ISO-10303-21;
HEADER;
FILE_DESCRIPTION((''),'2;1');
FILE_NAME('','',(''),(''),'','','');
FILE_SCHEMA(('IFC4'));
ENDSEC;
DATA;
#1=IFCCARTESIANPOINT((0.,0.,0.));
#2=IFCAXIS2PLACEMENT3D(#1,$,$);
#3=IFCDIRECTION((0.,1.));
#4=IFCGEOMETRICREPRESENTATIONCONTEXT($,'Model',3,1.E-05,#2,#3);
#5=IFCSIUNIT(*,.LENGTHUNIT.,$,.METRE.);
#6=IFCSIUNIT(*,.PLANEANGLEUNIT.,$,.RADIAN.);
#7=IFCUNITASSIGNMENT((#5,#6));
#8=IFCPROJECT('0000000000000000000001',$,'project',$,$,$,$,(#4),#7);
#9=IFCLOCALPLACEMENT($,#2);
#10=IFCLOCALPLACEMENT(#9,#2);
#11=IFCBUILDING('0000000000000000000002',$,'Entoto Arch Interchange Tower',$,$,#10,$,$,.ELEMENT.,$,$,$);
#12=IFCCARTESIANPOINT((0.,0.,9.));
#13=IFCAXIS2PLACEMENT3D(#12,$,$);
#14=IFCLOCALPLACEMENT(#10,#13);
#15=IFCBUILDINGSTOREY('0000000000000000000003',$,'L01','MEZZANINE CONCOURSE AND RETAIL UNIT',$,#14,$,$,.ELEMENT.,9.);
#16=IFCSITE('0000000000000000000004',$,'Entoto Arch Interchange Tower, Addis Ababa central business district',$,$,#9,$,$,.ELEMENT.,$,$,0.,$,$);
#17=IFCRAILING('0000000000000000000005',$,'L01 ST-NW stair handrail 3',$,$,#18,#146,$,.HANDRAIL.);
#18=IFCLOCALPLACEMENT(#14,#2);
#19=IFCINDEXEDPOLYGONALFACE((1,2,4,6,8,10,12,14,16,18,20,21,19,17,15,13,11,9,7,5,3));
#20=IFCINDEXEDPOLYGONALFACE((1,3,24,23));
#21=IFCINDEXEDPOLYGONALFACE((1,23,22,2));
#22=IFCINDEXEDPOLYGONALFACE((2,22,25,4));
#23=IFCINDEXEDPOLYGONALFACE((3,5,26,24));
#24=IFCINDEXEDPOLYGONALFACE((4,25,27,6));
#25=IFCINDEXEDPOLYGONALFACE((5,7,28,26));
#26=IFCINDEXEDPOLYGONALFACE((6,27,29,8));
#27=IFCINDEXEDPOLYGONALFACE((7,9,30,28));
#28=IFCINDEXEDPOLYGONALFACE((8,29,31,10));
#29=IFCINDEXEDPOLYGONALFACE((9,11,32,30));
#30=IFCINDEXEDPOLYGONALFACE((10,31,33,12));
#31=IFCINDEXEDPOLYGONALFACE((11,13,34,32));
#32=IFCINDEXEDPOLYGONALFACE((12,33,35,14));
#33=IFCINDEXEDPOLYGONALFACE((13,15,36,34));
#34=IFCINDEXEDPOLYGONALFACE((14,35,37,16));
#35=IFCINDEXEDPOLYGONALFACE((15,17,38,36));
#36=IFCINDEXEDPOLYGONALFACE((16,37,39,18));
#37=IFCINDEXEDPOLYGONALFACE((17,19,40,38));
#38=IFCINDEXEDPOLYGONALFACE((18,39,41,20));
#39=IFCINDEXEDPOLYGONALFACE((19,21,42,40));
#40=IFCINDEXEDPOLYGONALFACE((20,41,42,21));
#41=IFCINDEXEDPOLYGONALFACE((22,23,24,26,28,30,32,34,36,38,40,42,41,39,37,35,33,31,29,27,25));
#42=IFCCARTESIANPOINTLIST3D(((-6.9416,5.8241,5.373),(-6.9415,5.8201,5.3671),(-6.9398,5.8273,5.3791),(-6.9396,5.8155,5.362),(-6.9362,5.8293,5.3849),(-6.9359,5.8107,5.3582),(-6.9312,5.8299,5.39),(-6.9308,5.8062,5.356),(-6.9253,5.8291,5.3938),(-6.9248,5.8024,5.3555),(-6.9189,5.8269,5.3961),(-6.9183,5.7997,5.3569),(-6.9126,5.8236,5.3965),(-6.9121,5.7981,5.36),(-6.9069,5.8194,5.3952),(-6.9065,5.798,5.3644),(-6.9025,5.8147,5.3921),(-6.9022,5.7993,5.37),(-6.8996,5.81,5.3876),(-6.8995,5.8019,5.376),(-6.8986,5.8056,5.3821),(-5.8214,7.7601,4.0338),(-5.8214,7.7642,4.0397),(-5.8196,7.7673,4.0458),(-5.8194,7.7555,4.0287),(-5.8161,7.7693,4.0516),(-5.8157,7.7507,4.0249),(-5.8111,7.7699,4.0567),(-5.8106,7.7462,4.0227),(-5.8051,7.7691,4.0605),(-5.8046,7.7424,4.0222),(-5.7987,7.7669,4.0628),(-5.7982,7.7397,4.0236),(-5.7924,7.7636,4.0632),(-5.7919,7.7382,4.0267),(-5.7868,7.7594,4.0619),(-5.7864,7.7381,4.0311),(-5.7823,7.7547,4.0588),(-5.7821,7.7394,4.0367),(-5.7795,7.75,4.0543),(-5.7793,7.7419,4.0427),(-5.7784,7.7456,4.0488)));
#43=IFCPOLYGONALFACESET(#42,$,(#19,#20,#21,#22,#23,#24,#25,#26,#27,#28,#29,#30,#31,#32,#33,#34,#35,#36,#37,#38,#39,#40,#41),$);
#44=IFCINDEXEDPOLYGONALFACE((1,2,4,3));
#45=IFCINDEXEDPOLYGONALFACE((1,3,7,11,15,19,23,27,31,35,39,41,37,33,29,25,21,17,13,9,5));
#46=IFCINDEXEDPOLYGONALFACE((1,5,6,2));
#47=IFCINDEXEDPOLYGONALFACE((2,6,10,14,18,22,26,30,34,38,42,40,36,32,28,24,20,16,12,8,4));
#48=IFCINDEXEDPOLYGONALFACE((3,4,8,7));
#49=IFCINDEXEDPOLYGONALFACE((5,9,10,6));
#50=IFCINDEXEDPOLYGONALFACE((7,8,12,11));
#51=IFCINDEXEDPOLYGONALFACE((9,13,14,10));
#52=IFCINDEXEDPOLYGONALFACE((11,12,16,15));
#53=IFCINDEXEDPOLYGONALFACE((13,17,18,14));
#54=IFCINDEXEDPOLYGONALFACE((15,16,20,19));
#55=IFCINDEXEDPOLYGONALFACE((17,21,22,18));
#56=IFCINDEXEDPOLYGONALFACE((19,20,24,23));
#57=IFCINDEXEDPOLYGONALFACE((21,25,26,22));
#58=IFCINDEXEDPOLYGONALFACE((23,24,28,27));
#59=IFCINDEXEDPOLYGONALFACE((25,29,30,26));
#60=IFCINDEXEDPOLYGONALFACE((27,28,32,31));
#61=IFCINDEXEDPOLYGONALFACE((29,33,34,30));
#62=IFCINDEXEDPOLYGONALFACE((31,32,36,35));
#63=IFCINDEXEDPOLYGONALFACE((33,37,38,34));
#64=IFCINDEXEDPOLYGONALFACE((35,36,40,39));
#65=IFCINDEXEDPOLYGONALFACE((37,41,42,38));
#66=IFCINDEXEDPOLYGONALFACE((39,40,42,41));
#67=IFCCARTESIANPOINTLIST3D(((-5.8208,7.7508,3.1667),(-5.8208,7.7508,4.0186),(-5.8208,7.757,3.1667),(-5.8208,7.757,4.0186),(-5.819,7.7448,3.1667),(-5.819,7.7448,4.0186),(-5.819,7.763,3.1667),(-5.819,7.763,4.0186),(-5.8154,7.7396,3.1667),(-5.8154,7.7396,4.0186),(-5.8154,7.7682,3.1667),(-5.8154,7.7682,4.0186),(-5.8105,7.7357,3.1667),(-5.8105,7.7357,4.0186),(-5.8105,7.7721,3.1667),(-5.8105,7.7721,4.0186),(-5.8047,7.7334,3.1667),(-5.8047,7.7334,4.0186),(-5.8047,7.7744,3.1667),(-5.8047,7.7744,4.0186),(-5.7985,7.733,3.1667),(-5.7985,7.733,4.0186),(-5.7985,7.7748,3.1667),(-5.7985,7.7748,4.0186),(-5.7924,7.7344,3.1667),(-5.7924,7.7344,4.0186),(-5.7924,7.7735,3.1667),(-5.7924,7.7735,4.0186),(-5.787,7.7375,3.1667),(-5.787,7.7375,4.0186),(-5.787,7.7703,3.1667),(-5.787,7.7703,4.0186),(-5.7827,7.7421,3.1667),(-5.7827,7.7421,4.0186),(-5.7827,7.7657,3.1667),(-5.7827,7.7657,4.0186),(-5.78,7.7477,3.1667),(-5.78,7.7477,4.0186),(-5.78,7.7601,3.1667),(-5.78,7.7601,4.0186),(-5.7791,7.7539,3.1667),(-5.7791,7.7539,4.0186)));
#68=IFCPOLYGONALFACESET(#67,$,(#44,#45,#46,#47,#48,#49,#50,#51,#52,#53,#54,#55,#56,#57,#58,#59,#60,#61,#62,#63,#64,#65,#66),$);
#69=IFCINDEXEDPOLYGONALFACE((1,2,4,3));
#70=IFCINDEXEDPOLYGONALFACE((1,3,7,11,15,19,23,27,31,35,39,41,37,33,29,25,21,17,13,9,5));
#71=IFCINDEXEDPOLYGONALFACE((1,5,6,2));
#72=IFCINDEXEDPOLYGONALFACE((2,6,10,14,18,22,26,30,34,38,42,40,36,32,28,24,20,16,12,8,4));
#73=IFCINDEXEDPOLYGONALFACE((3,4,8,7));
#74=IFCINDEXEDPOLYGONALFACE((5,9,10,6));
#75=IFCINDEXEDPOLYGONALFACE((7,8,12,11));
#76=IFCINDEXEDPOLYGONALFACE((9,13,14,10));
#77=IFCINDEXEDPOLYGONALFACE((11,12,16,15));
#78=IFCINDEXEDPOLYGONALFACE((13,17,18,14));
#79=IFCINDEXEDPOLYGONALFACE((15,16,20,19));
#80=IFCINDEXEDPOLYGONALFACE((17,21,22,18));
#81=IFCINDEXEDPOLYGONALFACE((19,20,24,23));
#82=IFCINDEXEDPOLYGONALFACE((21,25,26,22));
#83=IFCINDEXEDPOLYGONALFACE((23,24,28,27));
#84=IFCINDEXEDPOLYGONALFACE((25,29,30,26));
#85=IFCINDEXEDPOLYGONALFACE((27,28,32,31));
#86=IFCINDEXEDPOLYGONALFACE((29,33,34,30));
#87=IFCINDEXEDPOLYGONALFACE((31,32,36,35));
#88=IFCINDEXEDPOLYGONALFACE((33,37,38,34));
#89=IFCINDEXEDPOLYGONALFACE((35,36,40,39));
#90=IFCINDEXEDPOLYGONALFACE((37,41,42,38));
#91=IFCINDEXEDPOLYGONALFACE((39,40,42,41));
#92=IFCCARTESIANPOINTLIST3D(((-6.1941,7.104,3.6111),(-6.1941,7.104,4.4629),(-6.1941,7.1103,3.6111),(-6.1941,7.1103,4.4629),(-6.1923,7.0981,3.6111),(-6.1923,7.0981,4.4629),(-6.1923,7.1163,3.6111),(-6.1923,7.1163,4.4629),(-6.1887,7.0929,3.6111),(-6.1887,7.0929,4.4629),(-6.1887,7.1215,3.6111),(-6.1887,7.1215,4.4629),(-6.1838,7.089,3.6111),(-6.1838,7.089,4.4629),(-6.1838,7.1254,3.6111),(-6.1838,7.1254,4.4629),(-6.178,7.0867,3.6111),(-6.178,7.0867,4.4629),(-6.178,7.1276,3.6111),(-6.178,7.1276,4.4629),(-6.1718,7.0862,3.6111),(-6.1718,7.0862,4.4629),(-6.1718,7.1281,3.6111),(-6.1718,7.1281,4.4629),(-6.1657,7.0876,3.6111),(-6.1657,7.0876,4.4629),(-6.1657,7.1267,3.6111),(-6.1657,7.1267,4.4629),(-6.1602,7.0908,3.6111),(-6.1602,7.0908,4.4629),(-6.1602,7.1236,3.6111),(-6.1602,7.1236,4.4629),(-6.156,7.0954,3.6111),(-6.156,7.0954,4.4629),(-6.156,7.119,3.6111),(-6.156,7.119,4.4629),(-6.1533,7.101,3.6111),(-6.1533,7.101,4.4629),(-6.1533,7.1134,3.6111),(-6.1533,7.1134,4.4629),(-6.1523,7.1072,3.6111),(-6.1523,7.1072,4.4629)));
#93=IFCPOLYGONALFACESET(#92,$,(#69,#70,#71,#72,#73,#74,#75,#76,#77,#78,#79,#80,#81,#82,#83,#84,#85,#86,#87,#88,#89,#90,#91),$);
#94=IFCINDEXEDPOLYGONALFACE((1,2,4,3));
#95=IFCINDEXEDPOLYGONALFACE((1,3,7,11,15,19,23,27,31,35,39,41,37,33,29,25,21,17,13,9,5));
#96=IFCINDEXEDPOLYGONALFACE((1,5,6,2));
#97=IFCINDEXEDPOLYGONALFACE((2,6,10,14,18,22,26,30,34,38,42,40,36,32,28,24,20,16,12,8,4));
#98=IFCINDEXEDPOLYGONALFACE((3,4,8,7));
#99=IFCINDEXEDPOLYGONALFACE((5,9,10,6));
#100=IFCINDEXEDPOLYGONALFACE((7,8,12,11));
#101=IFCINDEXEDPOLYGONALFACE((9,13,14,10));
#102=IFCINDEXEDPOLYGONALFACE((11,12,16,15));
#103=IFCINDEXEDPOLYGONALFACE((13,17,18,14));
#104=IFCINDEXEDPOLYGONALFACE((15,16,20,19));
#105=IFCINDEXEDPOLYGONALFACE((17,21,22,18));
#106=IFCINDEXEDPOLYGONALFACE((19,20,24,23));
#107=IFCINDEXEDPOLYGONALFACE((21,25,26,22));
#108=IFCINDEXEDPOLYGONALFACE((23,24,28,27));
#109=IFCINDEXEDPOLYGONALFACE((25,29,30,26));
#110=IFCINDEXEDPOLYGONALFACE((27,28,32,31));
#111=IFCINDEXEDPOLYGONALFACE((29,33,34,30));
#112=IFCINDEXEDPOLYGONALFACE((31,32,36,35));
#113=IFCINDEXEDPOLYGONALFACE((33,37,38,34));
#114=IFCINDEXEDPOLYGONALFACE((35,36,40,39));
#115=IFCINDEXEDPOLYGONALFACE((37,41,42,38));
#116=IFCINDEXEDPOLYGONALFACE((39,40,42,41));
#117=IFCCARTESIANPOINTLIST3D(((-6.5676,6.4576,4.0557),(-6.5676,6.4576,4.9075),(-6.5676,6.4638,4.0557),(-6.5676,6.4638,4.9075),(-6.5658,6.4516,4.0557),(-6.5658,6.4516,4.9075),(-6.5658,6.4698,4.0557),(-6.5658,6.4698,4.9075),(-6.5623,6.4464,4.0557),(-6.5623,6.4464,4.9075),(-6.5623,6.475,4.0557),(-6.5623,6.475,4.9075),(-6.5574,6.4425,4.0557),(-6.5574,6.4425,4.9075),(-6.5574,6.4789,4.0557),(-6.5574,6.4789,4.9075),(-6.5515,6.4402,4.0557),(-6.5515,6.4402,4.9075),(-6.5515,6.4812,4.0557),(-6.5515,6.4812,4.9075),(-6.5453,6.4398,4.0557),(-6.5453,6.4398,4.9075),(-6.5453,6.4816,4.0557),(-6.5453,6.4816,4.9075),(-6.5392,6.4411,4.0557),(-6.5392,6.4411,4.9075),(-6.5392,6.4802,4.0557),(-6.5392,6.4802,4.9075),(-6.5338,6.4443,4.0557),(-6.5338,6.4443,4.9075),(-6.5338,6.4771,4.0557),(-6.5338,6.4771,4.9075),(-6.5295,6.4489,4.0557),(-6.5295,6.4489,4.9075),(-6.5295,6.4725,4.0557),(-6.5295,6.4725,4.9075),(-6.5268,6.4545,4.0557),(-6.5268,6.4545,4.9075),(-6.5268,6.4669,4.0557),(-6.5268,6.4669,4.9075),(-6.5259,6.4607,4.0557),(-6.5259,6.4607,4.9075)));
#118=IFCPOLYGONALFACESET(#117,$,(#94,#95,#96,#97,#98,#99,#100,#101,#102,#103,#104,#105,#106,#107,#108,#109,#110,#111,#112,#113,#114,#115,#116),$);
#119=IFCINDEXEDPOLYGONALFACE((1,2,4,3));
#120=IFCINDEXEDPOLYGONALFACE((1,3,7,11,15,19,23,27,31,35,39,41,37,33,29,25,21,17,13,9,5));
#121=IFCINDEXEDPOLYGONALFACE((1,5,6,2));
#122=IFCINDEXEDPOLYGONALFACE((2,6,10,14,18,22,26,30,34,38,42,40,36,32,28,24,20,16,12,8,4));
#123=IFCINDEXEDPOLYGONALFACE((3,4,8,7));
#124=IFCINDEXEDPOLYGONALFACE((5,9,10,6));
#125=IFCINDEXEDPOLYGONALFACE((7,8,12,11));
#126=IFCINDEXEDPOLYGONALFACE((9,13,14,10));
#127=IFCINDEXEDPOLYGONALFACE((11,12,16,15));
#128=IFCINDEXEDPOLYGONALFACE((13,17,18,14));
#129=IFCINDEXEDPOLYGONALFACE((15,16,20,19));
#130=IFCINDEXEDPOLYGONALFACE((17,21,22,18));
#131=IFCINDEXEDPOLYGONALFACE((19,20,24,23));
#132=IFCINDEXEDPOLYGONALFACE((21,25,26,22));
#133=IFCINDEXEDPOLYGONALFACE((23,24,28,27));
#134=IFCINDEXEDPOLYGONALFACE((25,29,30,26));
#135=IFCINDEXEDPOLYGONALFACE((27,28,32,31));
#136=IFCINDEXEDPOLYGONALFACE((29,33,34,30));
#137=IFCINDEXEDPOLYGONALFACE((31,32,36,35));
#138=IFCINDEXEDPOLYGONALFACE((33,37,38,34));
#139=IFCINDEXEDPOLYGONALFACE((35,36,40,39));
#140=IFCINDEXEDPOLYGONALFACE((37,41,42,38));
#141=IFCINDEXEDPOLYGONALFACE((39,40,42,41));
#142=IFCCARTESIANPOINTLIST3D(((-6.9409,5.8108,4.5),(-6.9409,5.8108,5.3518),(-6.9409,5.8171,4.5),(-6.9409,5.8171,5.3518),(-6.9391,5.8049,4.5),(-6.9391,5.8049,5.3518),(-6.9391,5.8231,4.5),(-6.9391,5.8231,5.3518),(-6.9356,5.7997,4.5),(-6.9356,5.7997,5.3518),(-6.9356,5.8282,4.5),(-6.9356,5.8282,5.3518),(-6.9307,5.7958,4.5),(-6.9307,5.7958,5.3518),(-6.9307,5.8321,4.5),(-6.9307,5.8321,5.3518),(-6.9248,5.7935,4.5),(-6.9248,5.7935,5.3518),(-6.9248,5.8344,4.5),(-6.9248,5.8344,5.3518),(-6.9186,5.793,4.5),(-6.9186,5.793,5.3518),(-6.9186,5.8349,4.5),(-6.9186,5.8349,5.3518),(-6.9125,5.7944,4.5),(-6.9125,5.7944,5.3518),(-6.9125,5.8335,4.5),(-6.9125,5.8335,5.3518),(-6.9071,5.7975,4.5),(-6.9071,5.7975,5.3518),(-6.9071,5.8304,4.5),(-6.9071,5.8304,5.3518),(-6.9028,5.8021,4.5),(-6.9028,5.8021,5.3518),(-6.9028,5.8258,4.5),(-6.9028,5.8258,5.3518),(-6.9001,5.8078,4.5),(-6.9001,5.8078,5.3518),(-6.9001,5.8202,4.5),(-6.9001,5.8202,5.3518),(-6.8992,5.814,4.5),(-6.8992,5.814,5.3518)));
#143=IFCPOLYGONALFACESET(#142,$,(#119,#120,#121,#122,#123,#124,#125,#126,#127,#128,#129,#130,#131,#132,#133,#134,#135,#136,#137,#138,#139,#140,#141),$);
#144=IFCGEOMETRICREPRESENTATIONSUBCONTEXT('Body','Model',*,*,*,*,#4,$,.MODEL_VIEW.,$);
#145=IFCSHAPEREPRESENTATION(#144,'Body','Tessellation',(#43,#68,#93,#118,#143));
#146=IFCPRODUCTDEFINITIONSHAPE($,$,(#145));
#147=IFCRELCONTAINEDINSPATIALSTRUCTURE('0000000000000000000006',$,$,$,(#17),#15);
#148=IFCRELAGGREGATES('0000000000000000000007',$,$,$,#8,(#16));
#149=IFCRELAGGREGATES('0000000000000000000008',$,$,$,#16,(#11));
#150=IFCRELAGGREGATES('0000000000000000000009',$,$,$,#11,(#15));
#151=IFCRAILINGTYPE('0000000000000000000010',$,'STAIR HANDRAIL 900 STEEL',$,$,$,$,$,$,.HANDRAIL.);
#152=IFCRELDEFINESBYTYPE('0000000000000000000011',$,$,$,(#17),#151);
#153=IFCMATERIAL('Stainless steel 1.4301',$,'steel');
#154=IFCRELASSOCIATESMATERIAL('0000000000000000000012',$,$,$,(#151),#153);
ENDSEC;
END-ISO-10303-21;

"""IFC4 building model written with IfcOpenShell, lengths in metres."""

from ifc_helpers import new_model, si_unit, direction, frame, origin, origin_2d, place, context, subcontext, project, spatial, circle, extrude, material, type_object, element, save


model = new_model("IFC4")

# Units and contexts
model_context = context("Model", 3, precision=1e-05, world=origin(), true_north=direction((0.0, 1.0)))
body_context = subcontext(model_context, "Body", "Model", "MODEL_VIEW")
ifc_project = project(units=[si_unit("LENGTHUNIT", "METRE"), si_unit("PLANEANGLEUNIT", "RADIAN")], contexts=[model_context])

# Site, building, storey
site_placement = place(None, origin())
site = spatial("IfcSite", under=ifc_project, at=site_placement, Name="Entoto Arch Interchange Tower, Addis Ababa central business district", CompositionType="ELEMENT", RefElevation=0.0)
building_placement = place(site_placement, origin())
building = spatial("IfcBuilding", under=site, at=building_placement, Name="Entoto Arch Interchange Tower", CompositionType="ELEMENT")
storey_placement = place(building_placement, frame((0.0, 0.0, 9.0)))
storey = spatial("IfcBuildingStorey", under=building, at=storey_placement, Name="L01", Description="MEZZANINE CONCOURSE AND RETAIL UNIT", CompositionType="ELEMENT", Elevation=9.0)

# Railing
ifc_material_1 = material(Name="Stainless steel 1.4301", Category="steel")
railing_type = type_object("IfcRailingType", Name="STAIR HANDRAIL 900 STEEL", PredefinedType="HANDRAIL", material=ifc_material_1)
for number, where, name in (
    (1, (-5.8, 7.7539, 3.1667), "L01 ST-NW stair handrail 3"),
):
    element("IfcRailing", number, at=place(storey_placement, frame(where)), inside=storey, type_object=railing_type, Name=name, PredefinedType="HANDRAIL", context=body_context, shape_type="SweptSolid", body=[
        extrude(circle(Radius=0.0239, at=origin_2d()), frame((0.0, 0.0, 0.876), z_axis=(-0.429684, -0.744175, 0.511444), x_axis=(0.866008, -0.500031, 0.0)), (0.0, 0.0, 1.0), 2.6069),
        extrude(circle(Radius=0.021, at=origin_2d()), origin(), (0.0, 0.0, 1.0), 0.8518),
        extrude(circle(Radius=0.021, at=origin_2d()), frame((-0.3733, -0.6467, 0.4443)), (0.0, 0.0, 1.0), 0.8518),
        extrude(circle(Radius=0.021, at=origin_2d()), frame((-0.7468, -1.2932, 0.8889)), (0.0, 0.0, 1.0), 0.8518),
        extrude(circle(Radius=0.021, at=origin_2d()), frame((-1.1201, -1.9399, 1.3333)), (0.0, 0.0, 1.0), 0.8518),
    ])

save(model, "model.ifc")
